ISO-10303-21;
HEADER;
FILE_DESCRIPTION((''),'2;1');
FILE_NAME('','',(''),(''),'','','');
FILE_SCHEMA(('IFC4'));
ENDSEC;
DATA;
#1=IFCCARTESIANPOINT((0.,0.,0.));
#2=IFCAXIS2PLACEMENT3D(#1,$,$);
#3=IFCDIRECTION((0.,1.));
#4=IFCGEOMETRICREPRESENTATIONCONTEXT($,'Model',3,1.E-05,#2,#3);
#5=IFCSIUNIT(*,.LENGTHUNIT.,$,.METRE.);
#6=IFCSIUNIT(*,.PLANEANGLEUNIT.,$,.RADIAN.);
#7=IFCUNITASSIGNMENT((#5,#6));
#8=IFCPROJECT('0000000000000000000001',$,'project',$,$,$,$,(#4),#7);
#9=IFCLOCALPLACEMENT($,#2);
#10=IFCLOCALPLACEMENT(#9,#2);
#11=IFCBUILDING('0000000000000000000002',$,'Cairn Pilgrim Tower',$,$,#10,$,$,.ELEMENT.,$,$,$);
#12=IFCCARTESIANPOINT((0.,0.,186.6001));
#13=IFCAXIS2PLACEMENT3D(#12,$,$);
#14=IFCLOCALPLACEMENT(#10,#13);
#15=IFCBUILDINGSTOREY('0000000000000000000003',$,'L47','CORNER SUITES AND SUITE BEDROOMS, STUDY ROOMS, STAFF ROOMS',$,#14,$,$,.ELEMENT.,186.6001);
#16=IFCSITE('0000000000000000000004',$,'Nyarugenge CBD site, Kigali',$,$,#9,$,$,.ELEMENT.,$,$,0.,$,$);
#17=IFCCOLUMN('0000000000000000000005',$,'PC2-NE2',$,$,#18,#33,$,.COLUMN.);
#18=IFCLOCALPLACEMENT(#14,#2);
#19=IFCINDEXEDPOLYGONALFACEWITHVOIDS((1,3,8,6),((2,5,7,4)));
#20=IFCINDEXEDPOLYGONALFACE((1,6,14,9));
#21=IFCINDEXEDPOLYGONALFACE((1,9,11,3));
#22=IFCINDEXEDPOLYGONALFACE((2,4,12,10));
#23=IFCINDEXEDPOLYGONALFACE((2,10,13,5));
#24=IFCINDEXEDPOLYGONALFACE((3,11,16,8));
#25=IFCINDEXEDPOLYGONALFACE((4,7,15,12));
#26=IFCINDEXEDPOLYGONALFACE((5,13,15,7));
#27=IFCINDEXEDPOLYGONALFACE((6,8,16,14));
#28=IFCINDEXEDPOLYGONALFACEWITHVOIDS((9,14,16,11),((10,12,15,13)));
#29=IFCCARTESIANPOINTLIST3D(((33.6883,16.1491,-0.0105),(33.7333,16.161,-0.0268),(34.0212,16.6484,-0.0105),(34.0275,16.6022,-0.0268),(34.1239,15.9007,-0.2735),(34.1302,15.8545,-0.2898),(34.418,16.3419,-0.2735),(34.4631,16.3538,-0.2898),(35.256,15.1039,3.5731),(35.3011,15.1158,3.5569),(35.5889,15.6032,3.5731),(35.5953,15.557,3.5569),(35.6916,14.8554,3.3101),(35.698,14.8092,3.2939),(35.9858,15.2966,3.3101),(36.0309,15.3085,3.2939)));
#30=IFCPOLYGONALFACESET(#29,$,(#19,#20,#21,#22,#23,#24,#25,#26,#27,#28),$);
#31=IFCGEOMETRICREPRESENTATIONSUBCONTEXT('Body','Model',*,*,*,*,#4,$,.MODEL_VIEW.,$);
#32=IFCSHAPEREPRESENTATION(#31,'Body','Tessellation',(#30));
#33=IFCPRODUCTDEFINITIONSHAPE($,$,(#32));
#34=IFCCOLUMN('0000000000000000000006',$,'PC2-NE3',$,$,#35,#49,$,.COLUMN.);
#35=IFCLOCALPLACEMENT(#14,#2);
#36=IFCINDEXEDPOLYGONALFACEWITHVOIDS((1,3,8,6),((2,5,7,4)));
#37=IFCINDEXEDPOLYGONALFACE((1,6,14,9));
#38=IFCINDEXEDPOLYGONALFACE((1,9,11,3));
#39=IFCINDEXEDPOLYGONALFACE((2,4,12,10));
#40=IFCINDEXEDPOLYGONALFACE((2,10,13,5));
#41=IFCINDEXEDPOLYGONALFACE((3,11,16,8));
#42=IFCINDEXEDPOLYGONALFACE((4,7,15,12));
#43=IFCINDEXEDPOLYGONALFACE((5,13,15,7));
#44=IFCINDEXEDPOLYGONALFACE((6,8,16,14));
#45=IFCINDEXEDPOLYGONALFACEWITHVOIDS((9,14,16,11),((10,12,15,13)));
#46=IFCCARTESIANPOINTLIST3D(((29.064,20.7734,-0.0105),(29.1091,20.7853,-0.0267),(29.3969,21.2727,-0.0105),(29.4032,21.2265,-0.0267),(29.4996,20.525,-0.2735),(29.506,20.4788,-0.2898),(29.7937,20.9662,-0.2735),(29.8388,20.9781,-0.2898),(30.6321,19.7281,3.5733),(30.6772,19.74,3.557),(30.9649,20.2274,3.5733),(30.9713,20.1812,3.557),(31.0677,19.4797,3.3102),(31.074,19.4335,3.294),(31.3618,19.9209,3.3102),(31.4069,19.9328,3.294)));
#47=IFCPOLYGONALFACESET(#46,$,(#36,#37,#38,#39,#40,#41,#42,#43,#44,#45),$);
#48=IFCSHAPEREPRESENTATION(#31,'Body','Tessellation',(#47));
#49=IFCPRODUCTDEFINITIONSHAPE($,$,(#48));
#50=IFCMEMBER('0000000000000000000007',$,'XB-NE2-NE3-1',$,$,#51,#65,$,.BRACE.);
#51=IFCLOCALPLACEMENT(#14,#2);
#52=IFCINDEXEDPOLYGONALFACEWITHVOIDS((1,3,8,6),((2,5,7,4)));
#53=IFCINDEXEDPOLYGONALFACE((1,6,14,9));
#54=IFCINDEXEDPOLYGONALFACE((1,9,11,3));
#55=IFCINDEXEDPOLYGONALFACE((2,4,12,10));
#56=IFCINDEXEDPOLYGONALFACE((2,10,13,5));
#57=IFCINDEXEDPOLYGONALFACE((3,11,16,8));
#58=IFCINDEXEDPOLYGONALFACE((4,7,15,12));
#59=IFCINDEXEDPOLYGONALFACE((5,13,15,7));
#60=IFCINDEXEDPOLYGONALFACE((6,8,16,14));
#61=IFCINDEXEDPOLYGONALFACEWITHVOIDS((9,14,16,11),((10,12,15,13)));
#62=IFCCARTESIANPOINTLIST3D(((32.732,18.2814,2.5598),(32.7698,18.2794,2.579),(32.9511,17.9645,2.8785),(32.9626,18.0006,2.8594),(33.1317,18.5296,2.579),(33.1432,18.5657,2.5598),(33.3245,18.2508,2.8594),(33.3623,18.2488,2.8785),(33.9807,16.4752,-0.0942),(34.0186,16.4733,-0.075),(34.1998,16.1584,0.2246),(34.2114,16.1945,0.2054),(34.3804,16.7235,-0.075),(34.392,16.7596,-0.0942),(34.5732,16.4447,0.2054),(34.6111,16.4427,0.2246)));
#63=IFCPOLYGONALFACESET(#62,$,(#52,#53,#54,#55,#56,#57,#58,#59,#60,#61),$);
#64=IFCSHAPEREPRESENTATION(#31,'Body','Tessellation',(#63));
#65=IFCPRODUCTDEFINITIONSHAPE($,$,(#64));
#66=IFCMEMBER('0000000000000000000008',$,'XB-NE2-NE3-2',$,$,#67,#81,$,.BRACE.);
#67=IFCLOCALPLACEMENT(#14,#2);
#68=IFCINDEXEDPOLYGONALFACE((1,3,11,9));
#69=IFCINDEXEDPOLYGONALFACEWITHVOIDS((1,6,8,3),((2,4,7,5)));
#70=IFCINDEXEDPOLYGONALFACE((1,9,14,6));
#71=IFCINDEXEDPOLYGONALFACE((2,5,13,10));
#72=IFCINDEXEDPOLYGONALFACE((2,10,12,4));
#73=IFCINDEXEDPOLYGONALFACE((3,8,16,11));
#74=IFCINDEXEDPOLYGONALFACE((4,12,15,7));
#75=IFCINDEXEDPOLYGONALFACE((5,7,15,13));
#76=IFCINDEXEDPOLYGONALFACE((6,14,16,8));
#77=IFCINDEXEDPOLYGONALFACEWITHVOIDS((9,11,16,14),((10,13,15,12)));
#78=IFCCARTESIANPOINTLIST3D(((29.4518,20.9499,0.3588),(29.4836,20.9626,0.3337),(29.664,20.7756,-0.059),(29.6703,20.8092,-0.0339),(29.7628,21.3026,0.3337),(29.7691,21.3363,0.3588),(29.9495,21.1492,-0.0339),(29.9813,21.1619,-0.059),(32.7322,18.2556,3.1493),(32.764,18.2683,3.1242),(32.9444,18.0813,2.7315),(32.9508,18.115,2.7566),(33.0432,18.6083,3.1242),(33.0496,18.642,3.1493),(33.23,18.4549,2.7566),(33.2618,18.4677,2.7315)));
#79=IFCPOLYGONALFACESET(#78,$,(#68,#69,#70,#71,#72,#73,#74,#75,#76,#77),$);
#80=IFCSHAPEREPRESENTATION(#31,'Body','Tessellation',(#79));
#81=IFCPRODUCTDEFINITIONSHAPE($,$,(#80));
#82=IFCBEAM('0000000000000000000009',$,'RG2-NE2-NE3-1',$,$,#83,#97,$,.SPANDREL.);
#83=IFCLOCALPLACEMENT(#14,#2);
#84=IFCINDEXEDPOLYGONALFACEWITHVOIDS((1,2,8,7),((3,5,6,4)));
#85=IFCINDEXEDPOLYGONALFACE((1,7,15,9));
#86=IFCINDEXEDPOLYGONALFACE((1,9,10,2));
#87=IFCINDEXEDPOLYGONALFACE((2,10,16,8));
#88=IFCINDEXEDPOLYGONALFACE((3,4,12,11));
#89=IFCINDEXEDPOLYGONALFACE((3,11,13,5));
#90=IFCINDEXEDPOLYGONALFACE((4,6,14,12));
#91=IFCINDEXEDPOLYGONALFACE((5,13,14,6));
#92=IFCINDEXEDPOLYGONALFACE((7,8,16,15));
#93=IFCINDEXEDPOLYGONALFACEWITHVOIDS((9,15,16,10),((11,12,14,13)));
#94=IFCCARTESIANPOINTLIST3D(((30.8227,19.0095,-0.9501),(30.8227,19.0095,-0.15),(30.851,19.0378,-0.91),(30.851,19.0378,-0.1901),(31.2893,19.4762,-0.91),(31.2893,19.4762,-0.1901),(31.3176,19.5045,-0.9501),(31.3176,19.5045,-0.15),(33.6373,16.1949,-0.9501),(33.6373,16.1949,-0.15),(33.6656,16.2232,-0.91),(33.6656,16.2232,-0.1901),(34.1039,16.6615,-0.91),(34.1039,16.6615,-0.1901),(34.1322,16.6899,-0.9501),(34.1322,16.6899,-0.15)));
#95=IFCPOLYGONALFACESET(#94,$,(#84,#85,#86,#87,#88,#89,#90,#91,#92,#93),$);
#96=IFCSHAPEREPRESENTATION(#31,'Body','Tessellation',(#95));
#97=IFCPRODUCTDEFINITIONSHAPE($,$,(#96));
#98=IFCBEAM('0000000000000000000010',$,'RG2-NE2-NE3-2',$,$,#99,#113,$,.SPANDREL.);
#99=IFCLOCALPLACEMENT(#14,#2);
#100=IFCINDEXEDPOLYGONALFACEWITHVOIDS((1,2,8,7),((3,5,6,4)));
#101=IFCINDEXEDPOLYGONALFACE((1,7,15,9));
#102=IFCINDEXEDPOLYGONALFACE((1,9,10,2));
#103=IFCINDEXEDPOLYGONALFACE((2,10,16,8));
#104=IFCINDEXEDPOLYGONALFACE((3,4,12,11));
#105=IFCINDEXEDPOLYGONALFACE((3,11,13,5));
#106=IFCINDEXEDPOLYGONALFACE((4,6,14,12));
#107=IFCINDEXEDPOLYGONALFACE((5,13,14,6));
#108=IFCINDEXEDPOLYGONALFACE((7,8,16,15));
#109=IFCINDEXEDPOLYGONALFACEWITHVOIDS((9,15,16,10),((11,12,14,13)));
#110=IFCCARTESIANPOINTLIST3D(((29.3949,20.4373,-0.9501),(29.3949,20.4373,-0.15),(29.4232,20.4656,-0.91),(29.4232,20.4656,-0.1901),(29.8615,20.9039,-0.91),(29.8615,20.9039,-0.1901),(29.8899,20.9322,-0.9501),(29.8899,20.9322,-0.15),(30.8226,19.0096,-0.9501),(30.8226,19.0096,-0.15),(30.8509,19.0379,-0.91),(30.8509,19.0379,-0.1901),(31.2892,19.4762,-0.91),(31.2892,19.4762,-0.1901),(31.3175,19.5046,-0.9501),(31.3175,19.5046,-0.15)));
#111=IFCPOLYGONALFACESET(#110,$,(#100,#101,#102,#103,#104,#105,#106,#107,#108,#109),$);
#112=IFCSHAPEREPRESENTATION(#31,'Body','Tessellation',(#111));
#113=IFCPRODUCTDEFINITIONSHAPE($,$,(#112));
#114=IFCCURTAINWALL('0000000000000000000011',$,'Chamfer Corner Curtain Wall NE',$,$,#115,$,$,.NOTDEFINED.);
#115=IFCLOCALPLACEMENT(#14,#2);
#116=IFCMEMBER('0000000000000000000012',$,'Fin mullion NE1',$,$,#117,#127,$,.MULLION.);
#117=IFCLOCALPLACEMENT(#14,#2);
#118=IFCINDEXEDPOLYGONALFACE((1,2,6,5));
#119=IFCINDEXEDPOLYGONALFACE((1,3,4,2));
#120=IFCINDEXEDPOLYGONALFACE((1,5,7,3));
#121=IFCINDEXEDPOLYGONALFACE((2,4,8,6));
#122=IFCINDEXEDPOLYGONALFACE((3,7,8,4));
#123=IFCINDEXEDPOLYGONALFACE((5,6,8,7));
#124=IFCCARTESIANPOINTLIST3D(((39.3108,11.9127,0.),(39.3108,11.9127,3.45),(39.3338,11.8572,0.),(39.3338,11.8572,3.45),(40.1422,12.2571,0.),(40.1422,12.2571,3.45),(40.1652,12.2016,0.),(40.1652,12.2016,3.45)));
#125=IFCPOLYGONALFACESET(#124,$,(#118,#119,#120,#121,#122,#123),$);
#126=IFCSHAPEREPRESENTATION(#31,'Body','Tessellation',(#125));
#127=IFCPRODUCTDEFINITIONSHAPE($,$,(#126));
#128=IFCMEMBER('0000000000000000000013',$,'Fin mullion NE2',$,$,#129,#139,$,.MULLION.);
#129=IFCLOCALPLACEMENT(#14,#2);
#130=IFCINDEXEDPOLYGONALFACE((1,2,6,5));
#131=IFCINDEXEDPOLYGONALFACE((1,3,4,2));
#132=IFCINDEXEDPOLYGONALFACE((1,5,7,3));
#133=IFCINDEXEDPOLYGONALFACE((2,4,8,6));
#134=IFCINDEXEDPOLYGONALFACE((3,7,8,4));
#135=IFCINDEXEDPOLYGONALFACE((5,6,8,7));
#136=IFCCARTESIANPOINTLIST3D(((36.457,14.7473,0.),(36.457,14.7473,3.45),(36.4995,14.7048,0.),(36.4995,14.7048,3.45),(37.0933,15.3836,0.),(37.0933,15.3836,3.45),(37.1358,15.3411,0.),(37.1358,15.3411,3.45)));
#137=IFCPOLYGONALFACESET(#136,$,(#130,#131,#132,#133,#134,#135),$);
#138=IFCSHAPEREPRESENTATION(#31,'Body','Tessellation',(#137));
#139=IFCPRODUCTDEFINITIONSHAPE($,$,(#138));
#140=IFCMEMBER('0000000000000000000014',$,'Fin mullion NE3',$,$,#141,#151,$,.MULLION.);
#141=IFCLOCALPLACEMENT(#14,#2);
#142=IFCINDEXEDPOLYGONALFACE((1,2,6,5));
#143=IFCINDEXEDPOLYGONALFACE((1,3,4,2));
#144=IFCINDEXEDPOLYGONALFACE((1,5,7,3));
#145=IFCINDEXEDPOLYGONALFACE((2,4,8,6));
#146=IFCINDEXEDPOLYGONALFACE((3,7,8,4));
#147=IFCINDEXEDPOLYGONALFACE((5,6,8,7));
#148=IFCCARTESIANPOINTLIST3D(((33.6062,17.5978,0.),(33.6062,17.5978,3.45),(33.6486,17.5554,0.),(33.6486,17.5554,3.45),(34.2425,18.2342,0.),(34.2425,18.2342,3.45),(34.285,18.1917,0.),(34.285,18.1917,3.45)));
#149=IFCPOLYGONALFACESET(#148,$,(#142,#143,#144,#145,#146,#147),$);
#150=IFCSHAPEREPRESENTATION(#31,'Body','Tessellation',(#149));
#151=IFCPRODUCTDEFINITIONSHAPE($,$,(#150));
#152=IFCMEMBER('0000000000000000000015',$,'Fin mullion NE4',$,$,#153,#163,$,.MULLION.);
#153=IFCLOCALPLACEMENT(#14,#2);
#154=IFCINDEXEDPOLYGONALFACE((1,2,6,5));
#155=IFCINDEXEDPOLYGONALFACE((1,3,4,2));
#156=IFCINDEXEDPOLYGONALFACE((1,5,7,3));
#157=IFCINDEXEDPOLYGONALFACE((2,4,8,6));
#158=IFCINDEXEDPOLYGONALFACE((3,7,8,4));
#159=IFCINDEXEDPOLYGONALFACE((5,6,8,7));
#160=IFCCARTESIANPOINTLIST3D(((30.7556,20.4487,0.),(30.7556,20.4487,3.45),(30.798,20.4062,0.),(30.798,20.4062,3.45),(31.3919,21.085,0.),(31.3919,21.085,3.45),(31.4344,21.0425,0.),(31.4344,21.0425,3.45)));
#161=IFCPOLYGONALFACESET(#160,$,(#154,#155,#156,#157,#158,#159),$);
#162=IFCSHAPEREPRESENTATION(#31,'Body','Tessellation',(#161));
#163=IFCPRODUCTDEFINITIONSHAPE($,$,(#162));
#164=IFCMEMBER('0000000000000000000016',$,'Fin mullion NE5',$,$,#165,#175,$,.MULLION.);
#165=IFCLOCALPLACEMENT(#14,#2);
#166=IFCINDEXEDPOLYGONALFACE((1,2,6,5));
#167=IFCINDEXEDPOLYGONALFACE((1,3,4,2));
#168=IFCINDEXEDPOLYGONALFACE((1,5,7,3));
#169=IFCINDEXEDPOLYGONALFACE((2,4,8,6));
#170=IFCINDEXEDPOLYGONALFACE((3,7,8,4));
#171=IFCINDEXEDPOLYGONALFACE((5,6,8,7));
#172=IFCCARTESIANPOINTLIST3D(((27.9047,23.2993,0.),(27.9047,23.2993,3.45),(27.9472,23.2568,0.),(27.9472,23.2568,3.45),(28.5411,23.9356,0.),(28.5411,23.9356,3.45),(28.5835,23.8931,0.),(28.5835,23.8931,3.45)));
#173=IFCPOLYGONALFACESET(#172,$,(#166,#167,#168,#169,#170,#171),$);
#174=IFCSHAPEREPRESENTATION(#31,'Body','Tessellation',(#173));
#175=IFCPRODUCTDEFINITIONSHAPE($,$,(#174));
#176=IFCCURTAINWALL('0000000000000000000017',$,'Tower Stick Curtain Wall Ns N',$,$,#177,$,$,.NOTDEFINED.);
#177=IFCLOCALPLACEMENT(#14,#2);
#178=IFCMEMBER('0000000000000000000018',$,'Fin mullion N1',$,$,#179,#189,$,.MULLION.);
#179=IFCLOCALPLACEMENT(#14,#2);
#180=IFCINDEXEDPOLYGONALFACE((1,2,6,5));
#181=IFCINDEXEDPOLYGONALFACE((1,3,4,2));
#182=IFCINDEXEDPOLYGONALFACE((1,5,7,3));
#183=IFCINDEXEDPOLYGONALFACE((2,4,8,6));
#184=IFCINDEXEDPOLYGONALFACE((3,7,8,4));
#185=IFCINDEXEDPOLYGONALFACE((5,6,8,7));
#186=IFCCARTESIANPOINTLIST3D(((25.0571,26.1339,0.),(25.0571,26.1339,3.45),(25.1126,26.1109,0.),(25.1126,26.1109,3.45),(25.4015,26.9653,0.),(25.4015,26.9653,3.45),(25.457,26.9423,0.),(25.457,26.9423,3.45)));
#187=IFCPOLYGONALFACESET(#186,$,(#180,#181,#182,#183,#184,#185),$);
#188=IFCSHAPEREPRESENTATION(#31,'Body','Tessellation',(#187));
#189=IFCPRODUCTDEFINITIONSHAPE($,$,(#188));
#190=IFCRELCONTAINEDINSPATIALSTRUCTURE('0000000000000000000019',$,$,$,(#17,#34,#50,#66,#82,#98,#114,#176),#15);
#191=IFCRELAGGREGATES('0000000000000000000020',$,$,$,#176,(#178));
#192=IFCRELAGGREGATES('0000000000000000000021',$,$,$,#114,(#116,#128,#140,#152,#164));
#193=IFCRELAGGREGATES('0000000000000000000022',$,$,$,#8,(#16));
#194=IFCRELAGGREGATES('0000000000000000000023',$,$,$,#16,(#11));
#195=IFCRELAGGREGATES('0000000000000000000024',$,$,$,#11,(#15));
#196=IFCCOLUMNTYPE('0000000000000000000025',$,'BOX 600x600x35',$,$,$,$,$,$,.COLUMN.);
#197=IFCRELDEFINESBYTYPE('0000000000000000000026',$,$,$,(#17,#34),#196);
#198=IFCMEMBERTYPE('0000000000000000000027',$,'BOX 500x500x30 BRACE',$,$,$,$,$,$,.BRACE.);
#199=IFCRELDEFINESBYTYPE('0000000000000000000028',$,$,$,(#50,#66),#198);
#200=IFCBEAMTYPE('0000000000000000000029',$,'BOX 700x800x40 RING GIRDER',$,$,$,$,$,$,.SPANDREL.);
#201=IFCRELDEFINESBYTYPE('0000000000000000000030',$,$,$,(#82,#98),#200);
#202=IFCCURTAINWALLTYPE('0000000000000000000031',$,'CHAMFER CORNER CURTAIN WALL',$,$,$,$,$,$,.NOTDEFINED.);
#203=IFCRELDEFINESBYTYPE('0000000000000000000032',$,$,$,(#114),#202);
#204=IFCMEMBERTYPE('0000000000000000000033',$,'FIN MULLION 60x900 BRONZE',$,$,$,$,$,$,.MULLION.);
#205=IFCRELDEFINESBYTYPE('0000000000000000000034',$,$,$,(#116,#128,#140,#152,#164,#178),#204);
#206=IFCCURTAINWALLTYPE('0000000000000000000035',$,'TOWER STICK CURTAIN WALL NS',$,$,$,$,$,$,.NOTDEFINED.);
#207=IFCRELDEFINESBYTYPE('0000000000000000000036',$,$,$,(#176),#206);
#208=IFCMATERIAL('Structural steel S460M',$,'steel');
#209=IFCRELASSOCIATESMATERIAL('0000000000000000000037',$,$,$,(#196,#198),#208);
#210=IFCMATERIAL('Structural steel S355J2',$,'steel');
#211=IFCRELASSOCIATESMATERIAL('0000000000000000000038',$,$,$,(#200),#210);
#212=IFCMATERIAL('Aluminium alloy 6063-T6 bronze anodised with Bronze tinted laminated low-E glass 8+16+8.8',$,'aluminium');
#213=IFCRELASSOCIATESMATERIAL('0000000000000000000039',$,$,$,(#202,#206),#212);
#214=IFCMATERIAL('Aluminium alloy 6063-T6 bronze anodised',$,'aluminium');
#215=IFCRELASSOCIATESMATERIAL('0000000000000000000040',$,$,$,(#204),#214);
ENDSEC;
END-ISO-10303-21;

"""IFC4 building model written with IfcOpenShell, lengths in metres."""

from ifc_helpers import new_model, si_unit, direction, frame, origin, origin_2d, place, context, subcontext, project, spatial, rectangle, hollow_rectangle, extrude, clip, halfspace, material, material_profile, profile_set, type_object, element, aggregate, save


model = new_model("IFC4")

# Units and contexts
model_context = context("Model", 3, precision=1e-05, world=origin(), true_north=direction((0.0, 1.0)))
body_context = subcontext(model_context, "Body", "Model", "MODEL_VIEW")
ifc_project = project(units=[si_unit("LENGTHUNIT", "METRE"), si_unit("PLANEANGLEUNIT", "RADIAN")], contexts=[model_context])

# Site, building, storey
site_placement = place(None, origin())
site = spatial("IfcSite", under=ifc_project, at=site_placement, Name="Nyarugenge CBD site, Kigali", CompositionType="ELEMENT", RefElevation=0.0)
building_placement = place(site_placement, origin())
building = spatial("IfcBuilding", under=site, at=building_placement, Name="Cairn Pilgrim Tower", CompositionType="ELEMENT")
storey_placement = place(building_placement, frame((0.0, 0.0, 186.6001)))
storey = spatial("IfcBuildingStorey", under=building, at=storey_placement, Name="L47", Description="CORNER SUITES AND SUITE BEDROOMS, STUDY ROOMS, STAFF ROOMS", CompositionType="ELEMENT", Elevation=186.6001)

# Columns
ifc_material_1 = material(Name="Structural steel S460M", Category="steel")
ifc_material_profile_1 = material_profile(ifc_material_1, hollow_rectangle(XDim=0.6001, YDim=0.6001, WallThickness=0.0349, at=origin_2d()), Name="BOX 600x600x35")
ifc_profile_set_1 = profile_set([ifc_material_profile_1], Name="Structural steel S460M")
column_type = type_object("IfcColumnType", Name="BOX 600x600x35", PredefinedType="COLUMN", material=ifc_profile_set_1)
column_1_placement = place(storey_placement, frame((34.0757, 16.2515, -0.1501), z_axis=(0.387213, -0.258162, 0.885109), x_axis=(0.55473, 0.83203, 0.0)))
element("IfcColumn", 1, at=column_1_placement, inside=storey, type_object=column_type, Name="PC2-NE2", PredefinedType="COLUMN", context=body_context, shape_type="Clipping", body=[
    clip(extrude(hollow_rectangle(XDim=0.6001, YDim=0.6001, WallThickness=0.0349, at=origin_2d()), origin(), (0.0, 0.0, 1.0), 4.0674), halfspace(frame((0.0, 0.0, 4.0488), z_axis=(0.0, 0.0, 1.0), x_axis=(1.0, 0.0, 0.0)), False)),
])
column_2_placement = place(storey_placement, frame((29.4514, 20.8757, -0.1501), z_axis=(0.387264, -0.258156, 0.885089), x_axis=(0.55467, 0.83207, 0.0)))
element("IfcColumn", 2, at=column_2_placement, inside=storey, type_object=column_type, Name="PC2-NE3", PredefinedType="COLUMN", context=body_context, shape_type="Clipping", body=[
    clip(extrude(hollow_rectangle(XDim=0.6001, YDim=0.6001, WallThickness=0.0349, at=origin_2d()), origin(), (0.0, 0.0, 1.0), 4.0674), halfspace(frame((0.0, 0.0, 4.0491), z_axis=(0.0, 0.0, 1.0), x_axis=(1.0, 0.0, 0.0)), False)),
])

# Members
ifc_material_profile_2 = material_profile(ifc_material_1, hollow_rectangle(XDim=0.5, YDim=0.5, WallThickness=0.03, at=origin_2d()), Name="BOX 500x500x30")
ifc_profile_set_2 = profile_set([ifc_material_profile_2], Name="Structural steel S460M")
member_type_1 = type_object("IfcMemberType", Name="BOX 500x500x30 BRACE", PredefinedType="BRACE", material=ifc_profile_set_2)
member_1_placement = place(storey_placement, frame((34.2959, 16.459, 0.0652), z_axis=(-0.362527, 0.524335, 0.770485), x_axis=(-0.82254, -0.568707, 0.0)))
element("IfcMember", 3, at=member_1_placement, inside=storey, type_object=member_type_1, Name="XB-NE2-NE3-1", PredefinedType="BRACE", context=body_context, shape_type="SweptSolid", body=[
    extrude(hollow_rectangle(XDim=0.5, YDim=0.5, WallThickness=0.03, at=origin_2d()), origin(), (0.0, 0.0, 1.0), 3.4446),
])
member_2_placement = place(storey_placement, frame((29.7166, 21.0559, 0.1499), z_axis=(0.645748, -0.530362, 0.549296), x_axis=(0.634687, 0.77277, 0.0)))
element("IfcMember", 4, at=member_2_placement, inside=storey, type_object=member_type_1, Name="XB-NE2-NE3-2", PredefinedType="BRACE", context=body_context, shape_type="SweptSolid", body=[
    extrude(hollow_rectangle(XDim=0.5, YDim=0.5, WallThickness=0.03, at=origin_2d()), origin(), (0.0, 0.0, 1.0), 5.0801),
])

# Beams
ifc_material_2 = material(Name="Structural steel S355J2", Category="steel")
ifc_material_profile_3 = material_profile(ifc_material_2, hollow_rectangle(XDim=0.7, YDim=0.8, WallThickness=0.04, at=origin_2d()), Name="BOX 700x800x40")
ifc_profile_set_3 = profile_set([ifc_material_profile_3], Name="Structural steel S355J2")
beam_type_1 = type_object("IfcBeamType", Name="BOX 700x800x40 RING GIRDER", PredefinedType="SPANDREL", material=ifc_profile_set_3)
beam_1_placement = place(storey_placement, frame((33.8848, 16.4424, -0.55), z_axis=(-0.707107, 0.707107, 0.0), x_axis=(-0.707107, -0.707107, 0.0)))
element("IfcBeam", 5, at=beam_1_placement, inside=storey, type_object=beam_type_1, Name="RG2-NE2-NE3-1", PredefinedType="SPANDREL", context=body_context, shape_type="SweptSolid", body=[
    extrude(hollow_rectangle(XDim=0.7, YDim=0.8, WallThickness=0.04, at=origin_2d()), origin(), (0.0, 0.0, 1.0), 3.9805),
])
beam_2_placement = place(storey_placement, frame((31.0701, 19.2571, -0.55), z_axis=(-0.707107, 0.707107, 0.0), x_axis=(-0.707107, -0.707107, 0.0)))
element("IfcBeam", 6, at=beam_2_placement, inside=storey, type_object=beam_type_1, Name="RG2-NE2-NE3-2", PredefinedType="SPANDREL", context=body_context, shape_type="SweptSolid", body=[
    extrude(hollow_rectangle(XDim=0.7, YDim=0.8, WallThickness=0.04, at=origin_2d()), origin(), (0.0, 0.0, 1.0), 2.019),
])

# Curtain wall, members
ifc_material_3 = material(Name="Aluminium alloy 6063-T6 bronze anodised with Bronze tinted laminated low-E glass 8+16+8.8", Category="aluminium")
curtain_wall_type_1 = type_object("IfcCurtainWallType", Name="CHAMFER CORNER CURTAIN WALL", PredefinedType="NOTDEFINED", material=ifc_material_3)
curtain_wall_1_placement = place(storey_placement, origin())
curtain_wall_1 = element("IfcCurtainWall", 7, at=curtain_wall_1_placement, inside=storey, type_object=curtain_wall_type_1, Name="Chamfer Corner Curtain Wall NE", PredefinedType="NOTDEFINED")
ifc_material_4 = material(Name="Aluminium alloy 6063-T6 bronze anodised", Category="aluminium")
ifc_material_profile_4 = material_profile(ifc_material_4, rectangle(XDim=0.8999, YDim=0.0601, at=origin_2d()), Name="FIN MULLION 60x900 BRONZE")
ifc_profile_set_4 = profile_set([ifc_material_profile_4], Name="Aluminium alloy 6063-T6 bronze anodised")
member_type_2 = type_object("IfcMemberType", Name="FIN MULLION 60x900 BRONZE", PredefinedType="MULLION", material=ifc_profile_set_4)
member_3_placement = place(storey_placement, frame((39.738, 12.0571, 0.0), z_axis=(0.0, 0.0, 1.0), x_axis=(0.92388, 0.382683, 0.0)))
member_3 = element("IfcMember", 8, at=member_3_placement, type_object=member_type_2, Name="Fin mullion NE1", PredefinedType="MULLION", context=body_context, shape_type="SweptSolid", body=[
    extrude(rectangle(XDim=0.8999, YDim=0.0601, at=origin_2d()), origin(), (0.0, 0.0, 1.0), 3.45),
])
member_4_placement = place(storey_placement, frame((36.7964, 15.0442, 0.0), z_axis=(0.0, 0.0, 1.0), x_axis=(0.707107, 0.707107, 0.0)))
member_4 = element("IfcMember", 9, at=member_4_placement, type_object=member_type_2, Name="Fin mullion NE2", PredefinedType="MULLION", context=body_context, shape_type="SweptSolid", body=[
    extrude(rectangle(XDim=0.8999, YDim=0.0601, at=origin_2d()), origin(), (0.0, 0.0, 1.0), 3.45),
])
member_5_placement = place(storey_placement, frame((33.9456, 17.8948, 0.0), z_axis=(0.0, 0.0, 1.0), x_axis=(0.707107, 0.707107, 0.0)))
member_5 = element("IfcMember", 10, at=member_5_placement, type_object=member_type_2, Name="Fin mullion NE3", PredefinedType="MULLION", context=body_context, shape_type="SweptSolid", body=[
    extrude(rectangle(XDim=0.8999, YDim=0.0601, at=origin_2d()), origin(), (0.0, 0.0, 1.0), 3.45),
])
member_6_placement = place(storey_placement, frame((31.095, 20.7456, 0.0), z_axis=(0.0, 0.0, 1.0), x_axis=(0.707107, 0.707107, 0.0)))
member_6 = element("IfcMember", 11, at=member_6_placement, type_object=member_type_2, Name="Fin mullion NE4", PredefinedType="MULLION", context=body_context, shape_type="SweptSolid", body=[
    extrude(rectangle(XDim=0.8999, YDim=0.0601, at=origin_2d()), origin(), (0.0, 0.0, 1.0), 3.45),
])
member_7_placement = place(storey_placement, frame((28.2441, 23.5962, 0.0), z_axis=(0.0, 0.0, 1.0), x_axis=(0.707107, 0.707107, 0.0)))
member_7 = element("IfcMember", 12, at=member_7_placement, type_object=member_type_2, Name="Fin mullion NE5", PredefinedType="MULLION", context=body_context, shape_type="SweptSolid", body=[
    extrude(rectangle(XDim=0.8999, YDim=0.0601, at=origin_2d()), origin(), (0.0, 0.0, 1.0), 3.45),
])

# Curtain wall, member
curtain_wall_type_2 = type_object("IfcCurtainWallType", Name="TOWER STICK CURTAIN WALL NS", PredefinedType="NOTDEFINED", material=ifc_material_3)
curtain_wall_2_placement = place(storey_placement, origin())
curtain_wall_2 = element("IfcCurtainWall", 13, at=curtain_wall_2_placement, inside=storey, type_object=curtain_wall_type_2, Name="Tower Stick Curtain Wall Ns N", PredefinedType="NOTDEFINED")
member_8_placement = place(storey_placement, frame((25.2571, 26.5381, 0.0), z_axis=(0.0, 0.0, 1.0), x_axis=(0.382683, 0.92388, 0.0)))
member_8 = element("IfcMember", 14, at=member_8_placement, type_object=member_type_2, Name="Fin mullion N1", PredefinedType="MULLION", context=body_context, shape_type="SweptSolid", body=[
    extrude(rectangle(XDim=0.8999, YDim=0.0601, at=origin_2d()), origin(), (0.0, 0.0, 1.0), 3.45),
])
aggregate(curtain_wall_2, [member_8])

aggregate(curtain_wall_1, [member_3, member_4, member_5, member_6, member_7])

save(model, "model.ifc")
